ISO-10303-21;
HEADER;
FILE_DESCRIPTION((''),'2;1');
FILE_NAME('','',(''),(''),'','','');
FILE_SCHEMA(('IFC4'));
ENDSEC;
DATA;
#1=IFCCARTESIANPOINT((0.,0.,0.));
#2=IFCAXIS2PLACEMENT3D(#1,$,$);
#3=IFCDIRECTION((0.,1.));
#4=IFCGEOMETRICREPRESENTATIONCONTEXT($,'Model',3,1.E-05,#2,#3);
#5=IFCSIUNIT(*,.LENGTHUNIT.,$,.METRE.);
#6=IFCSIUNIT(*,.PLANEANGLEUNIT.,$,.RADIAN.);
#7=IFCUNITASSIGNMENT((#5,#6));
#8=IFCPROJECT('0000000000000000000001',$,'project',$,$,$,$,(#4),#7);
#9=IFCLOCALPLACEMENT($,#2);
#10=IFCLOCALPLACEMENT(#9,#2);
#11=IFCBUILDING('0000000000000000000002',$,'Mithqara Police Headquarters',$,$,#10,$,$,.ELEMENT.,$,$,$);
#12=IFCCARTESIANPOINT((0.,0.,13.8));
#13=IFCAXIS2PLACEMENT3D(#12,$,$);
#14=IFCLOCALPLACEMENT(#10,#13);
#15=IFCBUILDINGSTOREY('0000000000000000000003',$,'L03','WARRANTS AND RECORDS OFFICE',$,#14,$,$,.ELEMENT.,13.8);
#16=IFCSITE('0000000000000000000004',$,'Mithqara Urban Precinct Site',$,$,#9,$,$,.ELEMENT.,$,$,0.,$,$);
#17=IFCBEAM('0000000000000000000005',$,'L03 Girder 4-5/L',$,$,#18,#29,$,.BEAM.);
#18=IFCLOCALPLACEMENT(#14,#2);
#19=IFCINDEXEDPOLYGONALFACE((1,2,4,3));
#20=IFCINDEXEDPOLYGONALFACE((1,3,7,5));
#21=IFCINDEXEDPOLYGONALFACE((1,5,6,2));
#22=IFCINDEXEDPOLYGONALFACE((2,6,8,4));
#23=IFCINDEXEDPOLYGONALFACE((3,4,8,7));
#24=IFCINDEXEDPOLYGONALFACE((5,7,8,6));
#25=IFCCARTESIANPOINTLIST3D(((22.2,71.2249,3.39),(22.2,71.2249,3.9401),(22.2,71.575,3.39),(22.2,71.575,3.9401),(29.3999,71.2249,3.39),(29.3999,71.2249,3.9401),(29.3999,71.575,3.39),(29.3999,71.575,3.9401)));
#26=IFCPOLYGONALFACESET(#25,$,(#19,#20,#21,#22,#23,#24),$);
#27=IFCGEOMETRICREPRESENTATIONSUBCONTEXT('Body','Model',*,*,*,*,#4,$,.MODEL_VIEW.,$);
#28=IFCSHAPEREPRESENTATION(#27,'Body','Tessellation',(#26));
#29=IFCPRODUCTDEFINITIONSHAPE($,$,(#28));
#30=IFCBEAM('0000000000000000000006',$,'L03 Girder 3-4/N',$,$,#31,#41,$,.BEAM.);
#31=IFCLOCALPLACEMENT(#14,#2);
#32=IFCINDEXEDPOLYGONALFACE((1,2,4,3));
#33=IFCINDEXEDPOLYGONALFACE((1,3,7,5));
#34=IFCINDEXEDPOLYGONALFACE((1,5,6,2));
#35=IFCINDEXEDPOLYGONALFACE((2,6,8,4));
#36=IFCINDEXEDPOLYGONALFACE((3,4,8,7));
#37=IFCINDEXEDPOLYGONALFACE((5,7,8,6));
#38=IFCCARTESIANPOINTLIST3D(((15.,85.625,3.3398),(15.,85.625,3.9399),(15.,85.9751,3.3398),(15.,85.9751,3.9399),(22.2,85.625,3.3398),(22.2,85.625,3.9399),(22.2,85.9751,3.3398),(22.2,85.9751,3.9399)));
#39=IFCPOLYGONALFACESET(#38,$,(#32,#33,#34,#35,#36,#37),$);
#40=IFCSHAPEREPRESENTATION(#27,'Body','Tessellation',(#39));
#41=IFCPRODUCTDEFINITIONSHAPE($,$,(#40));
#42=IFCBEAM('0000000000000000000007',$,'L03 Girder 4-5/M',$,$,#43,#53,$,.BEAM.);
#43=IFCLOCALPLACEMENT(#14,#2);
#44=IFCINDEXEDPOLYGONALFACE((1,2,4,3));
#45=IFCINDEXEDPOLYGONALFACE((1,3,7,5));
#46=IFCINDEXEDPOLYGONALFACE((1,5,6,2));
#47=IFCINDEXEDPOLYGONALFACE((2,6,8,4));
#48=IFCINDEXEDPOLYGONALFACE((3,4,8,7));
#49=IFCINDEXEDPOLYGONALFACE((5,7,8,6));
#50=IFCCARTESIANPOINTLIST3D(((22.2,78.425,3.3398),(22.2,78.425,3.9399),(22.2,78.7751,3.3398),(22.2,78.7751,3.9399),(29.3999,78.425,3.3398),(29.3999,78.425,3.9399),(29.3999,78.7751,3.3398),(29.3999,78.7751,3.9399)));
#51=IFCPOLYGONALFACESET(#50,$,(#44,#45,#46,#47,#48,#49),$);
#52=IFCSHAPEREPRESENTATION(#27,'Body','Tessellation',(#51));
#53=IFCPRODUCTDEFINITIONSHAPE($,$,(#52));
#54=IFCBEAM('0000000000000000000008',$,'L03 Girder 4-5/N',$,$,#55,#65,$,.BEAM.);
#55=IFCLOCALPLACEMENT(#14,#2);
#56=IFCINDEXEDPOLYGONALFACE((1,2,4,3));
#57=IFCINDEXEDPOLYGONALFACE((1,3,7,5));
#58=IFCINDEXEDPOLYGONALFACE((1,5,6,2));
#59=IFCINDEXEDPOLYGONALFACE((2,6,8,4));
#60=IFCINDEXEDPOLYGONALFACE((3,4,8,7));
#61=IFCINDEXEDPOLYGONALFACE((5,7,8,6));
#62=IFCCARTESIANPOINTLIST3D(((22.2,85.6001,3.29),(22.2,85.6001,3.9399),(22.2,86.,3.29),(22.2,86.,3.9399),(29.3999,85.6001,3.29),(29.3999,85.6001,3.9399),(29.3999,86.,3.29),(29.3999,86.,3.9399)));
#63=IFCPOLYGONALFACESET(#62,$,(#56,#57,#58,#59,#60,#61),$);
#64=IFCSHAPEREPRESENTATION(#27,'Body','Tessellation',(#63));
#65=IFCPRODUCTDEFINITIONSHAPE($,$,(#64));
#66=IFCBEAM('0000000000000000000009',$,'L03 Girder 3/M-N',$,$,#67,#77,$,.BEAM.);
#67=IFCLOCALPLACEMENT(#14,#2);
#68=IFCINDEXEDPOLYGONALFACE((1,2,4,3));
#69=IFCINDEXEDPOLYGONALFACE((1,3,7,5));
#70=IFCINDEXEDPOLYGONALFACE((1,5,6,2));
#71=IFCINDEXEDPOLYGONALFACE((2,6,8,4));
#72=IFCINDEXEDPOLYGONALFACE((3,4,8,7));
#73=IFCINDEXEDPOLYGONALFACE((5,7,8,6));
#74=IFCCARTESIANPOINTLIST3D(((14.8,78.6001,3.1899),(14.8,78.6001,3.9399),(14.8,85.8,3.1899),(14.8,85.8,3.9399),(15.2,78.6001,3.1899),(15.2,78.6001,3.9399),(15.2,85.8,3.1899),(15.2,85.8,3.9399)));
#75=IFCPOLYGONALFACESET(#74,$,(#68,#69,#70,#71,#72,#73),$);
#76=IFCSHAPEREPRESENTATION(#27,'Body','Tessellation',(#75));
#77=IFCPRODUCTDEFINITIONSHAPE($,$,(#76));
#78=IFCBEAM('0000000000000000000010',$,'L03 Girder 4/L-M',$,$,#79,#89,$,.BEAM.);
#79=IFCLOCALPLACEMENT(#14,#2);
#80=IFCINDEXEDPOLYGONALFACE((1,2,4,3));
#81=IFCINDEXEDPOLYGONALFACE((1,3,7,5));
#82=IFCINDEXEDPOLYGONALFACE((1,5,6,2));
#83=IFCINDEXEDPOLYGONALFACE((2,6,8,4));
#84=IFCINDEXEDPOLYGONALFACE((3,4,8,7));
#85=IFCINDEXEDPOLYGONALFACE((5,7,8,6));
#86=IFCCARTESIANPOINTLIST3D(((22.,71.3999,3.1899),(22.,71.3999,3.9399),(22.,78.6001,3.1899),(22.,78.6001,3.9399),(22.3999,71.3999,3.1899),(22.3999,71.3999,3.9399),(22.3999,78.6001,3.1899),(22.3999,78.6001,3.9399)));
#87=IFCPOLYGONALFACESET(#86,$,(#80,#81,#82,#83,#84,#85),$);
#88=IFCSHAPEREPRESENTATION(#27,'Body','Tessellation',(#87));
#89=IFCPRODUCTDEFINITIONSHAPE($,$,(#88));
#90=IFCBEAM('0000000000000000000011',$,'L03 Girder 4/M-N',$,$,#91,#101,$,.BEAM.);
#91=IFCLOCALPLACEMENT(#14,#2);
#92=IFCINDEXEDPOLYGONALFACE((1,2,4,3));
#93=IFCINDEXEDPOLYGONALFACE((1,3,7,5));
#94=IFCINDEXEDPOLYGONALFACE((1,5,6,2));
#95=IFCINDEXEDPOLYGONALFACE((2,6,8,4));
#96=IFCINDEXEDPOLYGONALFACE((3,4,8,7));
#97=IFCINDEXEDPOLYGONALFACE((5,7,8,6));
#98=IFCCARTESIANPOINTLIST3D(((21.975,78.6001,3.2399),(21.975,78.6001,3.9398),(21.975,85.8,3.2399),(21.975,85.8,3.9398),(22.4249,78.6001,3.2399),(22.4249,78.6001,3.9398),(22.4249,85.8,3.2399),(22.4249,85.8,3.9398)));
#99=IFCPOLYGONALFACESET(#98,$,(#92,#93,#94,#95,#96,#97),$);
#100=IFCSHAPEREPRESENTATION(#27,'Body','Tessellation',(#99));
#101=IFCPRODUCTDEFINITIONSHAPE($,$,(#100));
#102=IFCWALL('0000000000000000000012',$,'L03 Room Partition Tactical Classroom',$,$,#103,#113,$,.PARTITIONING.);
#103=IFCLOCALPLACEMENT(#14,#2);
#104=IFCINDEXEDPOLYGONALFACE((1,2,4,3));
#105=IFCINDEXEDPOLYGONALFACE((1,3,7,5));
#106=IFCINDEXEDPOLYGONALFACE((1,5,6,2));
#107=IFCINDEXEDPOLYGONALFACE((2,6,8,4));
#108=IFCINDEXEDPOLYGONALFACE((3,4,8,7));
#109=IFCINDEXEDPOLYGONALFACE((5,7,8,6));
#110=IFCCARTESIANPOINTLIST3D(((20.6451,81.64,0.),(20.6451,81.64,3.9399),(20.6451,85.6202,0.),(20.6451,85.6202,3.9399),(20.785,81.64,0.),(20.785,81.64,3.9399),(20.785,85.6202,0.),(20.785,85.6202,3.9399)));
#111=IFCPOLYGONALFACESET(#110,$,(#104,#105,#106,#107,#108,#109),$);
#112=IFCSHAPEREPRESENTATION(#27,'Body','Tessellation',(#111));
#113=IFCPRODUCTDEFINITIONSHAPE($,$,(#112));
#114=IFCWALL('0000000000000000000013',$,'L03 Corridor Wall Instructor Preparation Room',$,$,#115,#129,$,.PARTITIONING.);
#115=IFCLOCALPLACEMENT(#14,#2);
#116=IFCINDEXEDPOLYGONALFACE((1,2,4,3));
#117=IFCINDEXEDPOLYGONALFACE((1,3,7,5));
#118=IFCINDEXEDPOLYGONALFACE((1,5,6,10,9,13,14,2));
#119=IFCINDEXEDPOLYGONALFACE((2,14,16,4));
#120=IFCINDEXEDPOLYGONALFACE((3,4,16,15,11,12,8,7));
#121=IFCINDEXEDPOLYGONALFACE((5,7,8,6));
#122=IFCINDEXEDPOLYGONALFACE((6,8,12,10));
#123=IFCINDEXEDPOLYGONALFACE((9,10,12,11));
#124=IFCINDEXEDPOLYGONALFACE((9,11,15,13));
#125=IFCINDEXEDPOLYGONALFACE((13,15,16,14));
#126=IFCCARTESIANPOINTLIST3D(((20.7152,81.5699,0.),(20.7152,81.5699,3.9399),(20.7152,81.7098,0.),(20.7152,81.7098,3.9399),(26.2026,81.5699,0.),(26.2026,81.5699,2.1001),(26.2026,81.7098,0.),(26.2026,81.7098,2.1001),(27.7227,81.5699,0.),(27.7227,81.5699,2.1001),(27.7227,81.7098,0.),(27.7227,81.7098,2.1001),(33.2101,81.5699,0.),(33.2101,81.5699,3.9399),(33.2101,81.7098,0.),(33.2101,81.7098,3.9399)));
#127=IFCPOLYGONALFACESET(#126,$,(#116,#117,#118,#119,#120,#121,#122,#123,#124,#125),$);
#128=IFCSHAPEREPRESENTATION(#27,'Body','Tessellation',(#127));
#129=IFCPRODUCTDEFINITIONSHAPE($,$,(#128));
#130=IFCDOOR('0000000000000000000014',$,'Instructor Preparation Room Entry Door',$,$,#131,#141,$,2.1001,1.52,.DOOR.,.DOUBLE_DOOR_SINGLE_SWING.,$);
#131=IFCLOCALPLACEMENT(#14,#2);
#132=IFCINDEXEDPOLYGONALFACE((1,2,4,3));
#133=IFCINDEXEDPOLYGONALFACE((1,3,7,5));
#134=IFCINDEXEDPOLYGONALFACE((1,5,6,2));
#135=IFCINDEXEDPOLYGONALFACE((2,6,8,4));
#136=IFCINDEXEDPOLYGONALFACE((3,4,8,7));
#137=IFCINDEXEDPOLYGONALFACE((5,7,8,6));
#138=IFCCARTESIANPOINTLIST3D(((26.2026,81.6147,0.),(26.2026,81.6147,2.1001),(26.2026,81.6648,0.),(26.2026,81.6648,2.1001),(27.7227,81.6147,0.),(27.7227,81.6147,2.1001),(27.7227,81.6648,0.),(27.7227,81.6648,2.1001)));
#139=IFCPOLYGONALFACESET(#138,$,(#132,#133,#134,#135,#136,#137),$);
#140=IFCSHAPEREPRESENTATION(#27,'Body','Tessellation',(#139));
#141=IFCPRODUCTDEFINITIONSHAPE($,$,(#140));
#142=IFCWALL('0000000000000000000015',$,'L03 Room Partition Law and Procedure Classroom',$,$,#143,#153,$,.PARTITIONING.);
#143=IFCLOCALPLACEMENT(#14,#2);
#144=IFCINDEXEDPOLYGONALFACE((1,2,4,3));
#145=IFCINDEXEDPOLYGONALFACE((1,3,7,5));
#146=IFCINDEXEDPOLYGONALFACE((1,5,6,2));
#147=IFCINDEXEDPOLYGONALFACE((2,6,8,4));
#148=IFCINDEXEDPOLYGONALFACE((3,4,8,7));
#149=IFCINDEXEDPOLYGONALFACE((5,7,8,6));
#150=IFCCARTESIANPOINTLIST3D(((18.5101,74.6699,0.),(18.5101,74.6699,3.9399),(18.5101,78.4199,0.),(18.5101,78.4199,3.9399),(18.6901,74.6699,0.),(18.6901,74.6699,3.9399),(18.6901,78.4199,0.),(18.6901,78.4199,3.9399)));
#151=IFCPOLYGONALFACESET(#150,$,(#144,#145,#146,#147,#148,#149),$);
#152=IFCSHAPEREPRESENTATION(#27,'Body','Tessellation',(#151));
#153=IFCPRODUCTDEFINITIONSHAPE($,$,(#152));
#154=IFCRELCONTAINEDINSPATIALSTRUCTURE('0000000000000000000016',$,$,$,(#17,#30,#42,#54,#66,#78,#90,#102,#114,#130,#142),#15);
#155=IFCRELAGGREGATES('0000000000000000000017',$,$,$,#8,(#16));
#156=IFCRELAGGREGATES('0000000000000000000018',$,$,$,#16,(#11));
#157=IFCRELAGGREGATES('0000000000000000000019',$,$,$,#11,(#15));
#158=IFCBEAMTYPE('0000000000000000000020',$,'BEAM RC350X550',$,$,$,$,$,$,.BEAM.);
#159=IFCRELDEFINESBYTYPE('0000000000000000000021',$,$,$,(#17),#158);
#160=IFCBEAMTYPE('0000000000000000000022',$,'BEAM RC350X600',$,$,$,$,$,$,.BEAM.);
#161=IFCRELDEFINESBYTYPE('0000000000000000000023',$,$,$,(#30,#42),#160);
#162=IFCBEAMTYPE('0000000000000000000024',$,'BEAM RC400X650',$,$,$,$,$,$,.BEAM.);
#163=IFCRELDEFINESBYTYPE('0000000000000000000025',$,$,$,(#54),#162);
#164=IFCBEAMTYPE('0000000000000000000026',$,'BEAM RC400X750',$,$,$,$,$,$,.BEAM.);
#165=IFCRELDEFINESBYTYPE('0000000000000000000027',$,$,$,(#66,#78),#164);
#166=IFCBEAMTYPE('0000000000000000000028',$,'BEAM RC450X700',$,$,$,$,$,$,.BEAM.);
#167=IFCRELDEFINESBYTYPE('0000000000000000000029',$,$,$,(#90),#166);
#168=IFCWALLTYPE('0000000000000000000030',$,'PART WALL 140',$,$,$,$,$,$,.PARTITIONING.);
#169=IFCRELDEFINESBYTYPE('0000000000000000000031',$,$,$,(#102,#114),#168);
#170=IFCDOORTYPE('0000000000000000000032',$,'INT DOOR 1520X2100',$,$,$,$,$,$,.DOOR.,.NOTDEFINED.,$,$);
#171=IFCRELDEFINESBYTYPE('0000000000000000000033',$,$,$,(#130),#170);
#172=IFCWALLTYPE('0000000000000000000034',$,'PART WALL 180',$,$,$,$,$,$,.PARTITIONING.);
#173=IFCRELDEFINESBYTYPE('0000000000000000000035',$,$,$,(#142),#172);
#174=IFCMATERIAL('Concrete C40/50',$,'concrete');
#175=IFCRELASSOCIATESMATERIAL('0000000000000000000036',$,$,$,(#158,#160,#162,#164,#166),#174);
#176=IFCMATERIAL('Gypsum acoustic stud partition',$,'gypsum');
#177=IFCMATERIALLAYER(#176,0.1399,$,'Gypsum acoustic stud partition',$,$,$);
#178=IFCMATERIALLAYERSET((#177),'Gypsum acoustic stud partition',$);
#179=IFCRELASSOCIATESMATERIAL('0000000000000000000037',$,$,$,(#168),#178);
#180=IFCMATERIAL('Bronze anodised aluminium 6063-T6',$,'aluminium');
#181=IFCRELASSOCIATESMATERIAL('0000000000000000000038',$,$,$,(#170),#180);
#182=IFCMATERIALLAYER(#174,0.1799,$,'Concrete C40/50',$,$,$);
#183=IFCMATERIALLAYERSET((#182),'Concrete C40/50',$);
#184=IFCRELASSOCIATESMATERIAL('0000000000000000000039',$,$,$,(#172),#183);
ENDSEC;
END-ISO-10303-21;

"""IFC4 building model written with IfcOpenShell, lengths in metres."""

from ifc_helpers import new_model, si_unit, direction, frame, frame_2d, origin, origin_2d, place, context, subcontext, project, spatial, rectangle, extrude, material, layer, layer_set, material_profile, profile_set, type_object, element, fill, save


model = new_model("IFC4")

# Units and contexts
model_context = context("Model", 3, precision=1e-05, world=origin(), true_north=direction((0.0, 1.0)))
body_context = subcontext(model_context, "Body", "Model", "MODEL_VIEW")
ifc_project = project(units=[si_unit("LENGTHUNIT", "METRE"), si_unit("PLANEANGLEUNIT", "RADIAN")], contexts=[model_context])

# Site, building, storey
site_placement = place(None, origin())
site = spatial("IfcSite", under=ifc_project, at=site_placement, Name="Mithqara Urban Precinct Site", CompositionType="ELEMENT", RefElevation=0.0)
building_placement = place(site_placement, origin())
building = spatial("IfcBuilding", under=site, at=building_placement, Name="Mithqara Police Headquarters", CompositionType="ELEMENT")
storey_placement = place(building_placement, frame((0.0, 0.0, 13.8)))
storey = spatial("IfcBuildingStorey", under=building, at=storey_placement, Name="L03", Description="WARRANTS AND RECORDS OFFICE", CompositionType="ELEMENT", Elevation=13.8)

# Beams
ifc_material_1 = material(Name="Concrete C40/50", Category="concrete")
ifc_material_profile_1 = material_profile(ifc_material_1, rectangle(XDim=0.3501, YDim=0.55, at=origin_2d()), Name="RC 350x550")
ifc_profile_set_1 = profile_set([ifc_material_profile_1], Name="Concrete C40/50")
beam_type_1 = type_object("IfcBeamType", Name="BEAM RC350X550", PredefinedType="BEAM", material=ifc_profile_set_1)
for number, where, z_axis, x_axis, name in (
    (1, (22.2, 71.3999, 3.665), (1.0, 0.0, 0.0), (0.0, 1.0, 0.0), "L03 Girder 4-5/L"),
):
    element("IfcBeam", number, at=place(storey_placement, frame(where, z_axis=z_axis, x_axis=x_axis)), inside=storey, type_object=beam_type_1, Name=name, PredefinedType="BEAM", context=body_context, shape_type="SweptSolid", body=[
        extrude(rectangle(XDim=0.3501, YDim=0.55, at=origin_2d()), origin(), (0.0, 0.0, 1.0), 7.2),
    ])
ifc_material_profile_2 = material_profile(ifc_material_1, rectangle(XDim=0.3501, YDim=0.6001, at=origin_2d()), Name="RC 350x600")
ifc_profile_set_2 = profile_set([ifc_material_profile_2], Name="Concrete C40/50")
beam_type_2 = type_object("IfcBeamType", Name="BEAM RC350X600", PredefinedType="BEAM", material=ifc_profile_set_2)
for number, where, z_axis, x_axis, name in (
    (2, (15.0, 85.8, 3.6399), (1.0, 0.0, 0.0), (0.0, 1.0, 0.0), "L03 Girder 3-4/N"),
    (3, (22.2, 78.6001, 3.6399), (1.0, 0.0, 0.0), (0.0, 1.0, 0.0), "L03 Girder 4-5/M"),
):
    element("IfcBeam", number, at=place(storey_placement, frame(where, z_axis=z_axis, x_axis=x_axis)), inside=storey, type_object=beam_type_2, Name=name, PredefinedType="BEAM", context=body_context, shape_type="SweptSolid", body=[
        extrude(rectangle(XDim=0.3501, YDim=0.6001, at=origin_2d()), origin(), (0.0, 0.0, 1.0), 7.2),
    ])
ifc_material_profile_3 = material_profile(ifc_material_1, rectangle(XDim=0.3999, YDim=0.6499, at=origin_2d()), Name="RC 400x650")
ifc_profile_set_3 = profile_set([ifc_material_profile_3], Name="Concrete C40/50")
beam_type_3 = type_object("IfcBeamType", Name="BEAM RC400X650", PredefinedType="BEAM", material=ifc_profile_set_3)
beam_1_placement = place(storey_placement, frame((22.2, 85.8, 3.615), z_axis=(1.0, 0.0, 0.0), x_axis=(0.0, 1.0, 0.0)))
element("IfcBeam", 4, at=beam_1_placement, inside=storey, type_object=beam_type_3, Name="L03 Girder 4-5/N", PredefinedType="BEAM", context=body_context, shape_type="SweptSolid", body=[
    extrude(rectangle(XDim=0.3999, YDim=0.6499, at=origin_2d()), origin(), (0.0, 0.0, 1.0), 7.2),
])
ifc_material_profile_4 = material_profile(ifc_material_1, rectangle(XDim=0.3999, YDim=0.75, at=origin_2d()), Name="RC 400x750")
ifc_profile_set_4 = profile_set([ifc_material_profile_4], Name="Concrete C40/50")
beam_type_4 = type_object("IfcBeamType", Name="BEAM RC400X750", PredefinedType="BEAM", material=ifc_profile_set_4)
beam_2_placement = place(storey_placement, frame((15.0, 78.6001, 3.5649), z_axis=(0.0, 1.0, 0.0), x_axis=(-1.0, 0.0, 0.0)))
element("IfcBeam", 5, at=beam_2_placement, inside=storey, type_object=beam_type_4, Name="L03 Girder 3/M-N", PredefinedType="BEAM", context=body_context, shape_type="SweptSolid", body=[
    extrude(rectangle(XDim=0.3999, YDim=0.75, at=origin_2d()), origin(), (0.0, 0.0, 1.0), 7.2),
])
beam_3_placement = place(storey_placement, frame((22.2, 71.3999, 3.5649), z_axis=(0.0, 1.0, 0.0), x_axis=(-1.0, 0.0, 0.0)))
element("IfcBeam", 6, at=beam_3_placement, inside=storey, type_object=beam_type_4, Name="L03 Girder 4/L-M", PredefinedType="BEAM", context=body_context, shape_type="SweptSolid", body=[
    extrude(rectangle(XDim=0.3999, YDim=0.75, at=origin_2d()), origin(), (0.0, 0.0, 1.0), 7.2002),
])
ifc_material_profile_5 = material_profile(ifc_material_1, rectangle(XDim=0.45, YDim=0.7, at=origin_2d()), Name="RC 450x700")
ifc_profile_set_5 = profile_set([ifc_material_profile_5], Name="Concrete C40/50")
beam_type_5 = type_object("IfcBeamType", Name="BEAM RC450X700", PredefinedType="BEAM", material=ifc_profile_set_5)
beam_4_placement = place(storey_placement, frame((22.2, 78.6001, 3.5898), z_axis=(0.0, 1.0, 0.0), x_axis=(-1.0, 0.0, 0.0)))
element("IfcBeam", 7, at=beam_4_placement, inside=storey, type_object=beam_type_5, Name="L03 Girder 4/M-N", PredefinedType="BEAM", context=body_context, shape_type="SweptSolid", body=[
    extrude(rectangle(XDim=0.45, YDim=0.7, at=origin_2d()), origin(), (0.0, 0.0, 1.0), 7.2),
])

# Wall
ifc_material_2 = material(Name="Gypsum acoustic stud partition", Category="gypsum")
ifc_layer_1 = layer(ifc_material_2, 0.1399, Name="Gypsum acoustic stud partition")
ifc_layer_set_1 = layer_set([ifc_layer_1], Name="Gypsum acoustic stud partition")
wall_type_1 = type_object("IfcWallType", Name="PART WALL 140", PredefinedType="PARTITIONING", material=ifc_layer_set_1)
wall_1_placement = place(storey_placement, frame((20.7151, 81.6399, 0.0), z_axis=(0.0, 0.0, 1.0), x_axis=(0.0, 1.0, 0.0)))
element("IfcWall", 8, at=wall_1_placement, inside=storey, type_object=wall_type_1, Name="L03 Room Partition Tactical Classroom", PredefinedType="PARTITIONING", context=body_context, shape_type="SweptSolid", body=[
    extrude(rectangle(XDim=3.9802, YDim=0.1399, at=frame_2d((1.9902, 0.0))), origin(), (0.0, 0.0, 1.0), 3.9399),
])

# Wall, opening, door
wall_2_placement = place(storey_placement, frame((20.7151, 81.6399, 0.0), z_axis=(0.0, 0.0, 1.0), x_axis=(1.0, 0.0, 0.0)))
wall_2 = element("IfcWall", 9, at=wall_2_placement, inside=storey, type_object=wall_type_1, Name="L03 Corridor Wall Instructor Preparation Room", PredefinedType="PARTITIONING", context=body_context, shape_type="SweptSolid", body=[
    extrude(rectangle(XDim=12.4949, YDim=0.1399, at=frame_2d((6.2476, 0.0))), origin(), (0.0, 0.0, 1.0), 3.9399),
])
opening_1_placement = place(wall_2_placement, frame((5.4875, 0.0, 0.0)))
opening_1 = element("IfcOpeningElement", 10, at=opening_1_placement, cuts=wall_2, PredefinedType="OPENING", context=body_context, shape_type="SweptSolid", body=[
    extrude(rectangle(XDim=1.52, YDim=2.1001, at=frame_2d((0.76, 1.05))), frame((0.0, 0.0801, 0.0), z_axis=(0.0, -1.0, 0.0), x_axis=(1.0, 0.0, 0.0)), (0.0, 0.0, 1.0), 0.1599),
])
ifc_material_3 = material(Name="Bronze anodised aluminium 6063-T6", Category="aluminium")
door_type_1 = type_object("IfcDoorType", Name="INT DOOR 1520X2100", OperationType="NOTDEFINED", PredefinedType="DOOR", material=ifc_material_3)
door_1_placement = place(opening_1_placement, origin())
door_1 = element("IfcDoor", 11, at=door_1_placement, inside=storey, type_object=door_type_1, Name="Instructor Preparation Room Entry Door", OperationType="DOUBLE_DOOR_SINGLE_SWING", OverallHeight=2.1001, OverallWidth=1.52, PredefinedType="DOOR", context=body_context, shape_type="SweptSolid", body=[
    extrude(rectangle(XDim=1.52, YDim=2.1001, at=frame_2d((0.76, 1.05))), frame((0.0, 0.0249, 0.0), z_axis=(0.0, -1.0, 0.0), x_axis=(1.0, 0.0, 0.0)), (0.0, 0.0, 1.0), 0.05),
])
fill(opening_1, door_1)

# Wall
ifc_layer_2 = layer(ifc_material_1, 0.1799, Name="Concrete C40/50")
ifc_layer_set_2 = layer_set([ifc_layer_2], Name="Concrete C40/50")
wall_type_2 = type_object("IfcWallType", Name="PART WALL 180", PredefinedType="PARTITIONING", material=ifc_layer_set_2)
wall_3_placement = place(storey_placement, frame((18.6001, 74.6699, 0.0), z_axis=(0.0, 0.0, 1.0), x_axis=(0.0, 1.0, 0.0)))
element("IfcWall", 12, at=wall_3_placement, inside=storey, type_object=wall_type_2, Name="L03 Room Partition Law and Procedure Classroom", PredefinedType="PARTITIONING", context=body_context, shape_type="SweptSolid", body=[
    extrude(rectangle(XDim=3.75, YDim=0.1799, at=frame_2d((1.875, 0.0))), origin(), (0.0, 0.0, 1.0), 3.9399),
])

save(model, "model.ifc")
